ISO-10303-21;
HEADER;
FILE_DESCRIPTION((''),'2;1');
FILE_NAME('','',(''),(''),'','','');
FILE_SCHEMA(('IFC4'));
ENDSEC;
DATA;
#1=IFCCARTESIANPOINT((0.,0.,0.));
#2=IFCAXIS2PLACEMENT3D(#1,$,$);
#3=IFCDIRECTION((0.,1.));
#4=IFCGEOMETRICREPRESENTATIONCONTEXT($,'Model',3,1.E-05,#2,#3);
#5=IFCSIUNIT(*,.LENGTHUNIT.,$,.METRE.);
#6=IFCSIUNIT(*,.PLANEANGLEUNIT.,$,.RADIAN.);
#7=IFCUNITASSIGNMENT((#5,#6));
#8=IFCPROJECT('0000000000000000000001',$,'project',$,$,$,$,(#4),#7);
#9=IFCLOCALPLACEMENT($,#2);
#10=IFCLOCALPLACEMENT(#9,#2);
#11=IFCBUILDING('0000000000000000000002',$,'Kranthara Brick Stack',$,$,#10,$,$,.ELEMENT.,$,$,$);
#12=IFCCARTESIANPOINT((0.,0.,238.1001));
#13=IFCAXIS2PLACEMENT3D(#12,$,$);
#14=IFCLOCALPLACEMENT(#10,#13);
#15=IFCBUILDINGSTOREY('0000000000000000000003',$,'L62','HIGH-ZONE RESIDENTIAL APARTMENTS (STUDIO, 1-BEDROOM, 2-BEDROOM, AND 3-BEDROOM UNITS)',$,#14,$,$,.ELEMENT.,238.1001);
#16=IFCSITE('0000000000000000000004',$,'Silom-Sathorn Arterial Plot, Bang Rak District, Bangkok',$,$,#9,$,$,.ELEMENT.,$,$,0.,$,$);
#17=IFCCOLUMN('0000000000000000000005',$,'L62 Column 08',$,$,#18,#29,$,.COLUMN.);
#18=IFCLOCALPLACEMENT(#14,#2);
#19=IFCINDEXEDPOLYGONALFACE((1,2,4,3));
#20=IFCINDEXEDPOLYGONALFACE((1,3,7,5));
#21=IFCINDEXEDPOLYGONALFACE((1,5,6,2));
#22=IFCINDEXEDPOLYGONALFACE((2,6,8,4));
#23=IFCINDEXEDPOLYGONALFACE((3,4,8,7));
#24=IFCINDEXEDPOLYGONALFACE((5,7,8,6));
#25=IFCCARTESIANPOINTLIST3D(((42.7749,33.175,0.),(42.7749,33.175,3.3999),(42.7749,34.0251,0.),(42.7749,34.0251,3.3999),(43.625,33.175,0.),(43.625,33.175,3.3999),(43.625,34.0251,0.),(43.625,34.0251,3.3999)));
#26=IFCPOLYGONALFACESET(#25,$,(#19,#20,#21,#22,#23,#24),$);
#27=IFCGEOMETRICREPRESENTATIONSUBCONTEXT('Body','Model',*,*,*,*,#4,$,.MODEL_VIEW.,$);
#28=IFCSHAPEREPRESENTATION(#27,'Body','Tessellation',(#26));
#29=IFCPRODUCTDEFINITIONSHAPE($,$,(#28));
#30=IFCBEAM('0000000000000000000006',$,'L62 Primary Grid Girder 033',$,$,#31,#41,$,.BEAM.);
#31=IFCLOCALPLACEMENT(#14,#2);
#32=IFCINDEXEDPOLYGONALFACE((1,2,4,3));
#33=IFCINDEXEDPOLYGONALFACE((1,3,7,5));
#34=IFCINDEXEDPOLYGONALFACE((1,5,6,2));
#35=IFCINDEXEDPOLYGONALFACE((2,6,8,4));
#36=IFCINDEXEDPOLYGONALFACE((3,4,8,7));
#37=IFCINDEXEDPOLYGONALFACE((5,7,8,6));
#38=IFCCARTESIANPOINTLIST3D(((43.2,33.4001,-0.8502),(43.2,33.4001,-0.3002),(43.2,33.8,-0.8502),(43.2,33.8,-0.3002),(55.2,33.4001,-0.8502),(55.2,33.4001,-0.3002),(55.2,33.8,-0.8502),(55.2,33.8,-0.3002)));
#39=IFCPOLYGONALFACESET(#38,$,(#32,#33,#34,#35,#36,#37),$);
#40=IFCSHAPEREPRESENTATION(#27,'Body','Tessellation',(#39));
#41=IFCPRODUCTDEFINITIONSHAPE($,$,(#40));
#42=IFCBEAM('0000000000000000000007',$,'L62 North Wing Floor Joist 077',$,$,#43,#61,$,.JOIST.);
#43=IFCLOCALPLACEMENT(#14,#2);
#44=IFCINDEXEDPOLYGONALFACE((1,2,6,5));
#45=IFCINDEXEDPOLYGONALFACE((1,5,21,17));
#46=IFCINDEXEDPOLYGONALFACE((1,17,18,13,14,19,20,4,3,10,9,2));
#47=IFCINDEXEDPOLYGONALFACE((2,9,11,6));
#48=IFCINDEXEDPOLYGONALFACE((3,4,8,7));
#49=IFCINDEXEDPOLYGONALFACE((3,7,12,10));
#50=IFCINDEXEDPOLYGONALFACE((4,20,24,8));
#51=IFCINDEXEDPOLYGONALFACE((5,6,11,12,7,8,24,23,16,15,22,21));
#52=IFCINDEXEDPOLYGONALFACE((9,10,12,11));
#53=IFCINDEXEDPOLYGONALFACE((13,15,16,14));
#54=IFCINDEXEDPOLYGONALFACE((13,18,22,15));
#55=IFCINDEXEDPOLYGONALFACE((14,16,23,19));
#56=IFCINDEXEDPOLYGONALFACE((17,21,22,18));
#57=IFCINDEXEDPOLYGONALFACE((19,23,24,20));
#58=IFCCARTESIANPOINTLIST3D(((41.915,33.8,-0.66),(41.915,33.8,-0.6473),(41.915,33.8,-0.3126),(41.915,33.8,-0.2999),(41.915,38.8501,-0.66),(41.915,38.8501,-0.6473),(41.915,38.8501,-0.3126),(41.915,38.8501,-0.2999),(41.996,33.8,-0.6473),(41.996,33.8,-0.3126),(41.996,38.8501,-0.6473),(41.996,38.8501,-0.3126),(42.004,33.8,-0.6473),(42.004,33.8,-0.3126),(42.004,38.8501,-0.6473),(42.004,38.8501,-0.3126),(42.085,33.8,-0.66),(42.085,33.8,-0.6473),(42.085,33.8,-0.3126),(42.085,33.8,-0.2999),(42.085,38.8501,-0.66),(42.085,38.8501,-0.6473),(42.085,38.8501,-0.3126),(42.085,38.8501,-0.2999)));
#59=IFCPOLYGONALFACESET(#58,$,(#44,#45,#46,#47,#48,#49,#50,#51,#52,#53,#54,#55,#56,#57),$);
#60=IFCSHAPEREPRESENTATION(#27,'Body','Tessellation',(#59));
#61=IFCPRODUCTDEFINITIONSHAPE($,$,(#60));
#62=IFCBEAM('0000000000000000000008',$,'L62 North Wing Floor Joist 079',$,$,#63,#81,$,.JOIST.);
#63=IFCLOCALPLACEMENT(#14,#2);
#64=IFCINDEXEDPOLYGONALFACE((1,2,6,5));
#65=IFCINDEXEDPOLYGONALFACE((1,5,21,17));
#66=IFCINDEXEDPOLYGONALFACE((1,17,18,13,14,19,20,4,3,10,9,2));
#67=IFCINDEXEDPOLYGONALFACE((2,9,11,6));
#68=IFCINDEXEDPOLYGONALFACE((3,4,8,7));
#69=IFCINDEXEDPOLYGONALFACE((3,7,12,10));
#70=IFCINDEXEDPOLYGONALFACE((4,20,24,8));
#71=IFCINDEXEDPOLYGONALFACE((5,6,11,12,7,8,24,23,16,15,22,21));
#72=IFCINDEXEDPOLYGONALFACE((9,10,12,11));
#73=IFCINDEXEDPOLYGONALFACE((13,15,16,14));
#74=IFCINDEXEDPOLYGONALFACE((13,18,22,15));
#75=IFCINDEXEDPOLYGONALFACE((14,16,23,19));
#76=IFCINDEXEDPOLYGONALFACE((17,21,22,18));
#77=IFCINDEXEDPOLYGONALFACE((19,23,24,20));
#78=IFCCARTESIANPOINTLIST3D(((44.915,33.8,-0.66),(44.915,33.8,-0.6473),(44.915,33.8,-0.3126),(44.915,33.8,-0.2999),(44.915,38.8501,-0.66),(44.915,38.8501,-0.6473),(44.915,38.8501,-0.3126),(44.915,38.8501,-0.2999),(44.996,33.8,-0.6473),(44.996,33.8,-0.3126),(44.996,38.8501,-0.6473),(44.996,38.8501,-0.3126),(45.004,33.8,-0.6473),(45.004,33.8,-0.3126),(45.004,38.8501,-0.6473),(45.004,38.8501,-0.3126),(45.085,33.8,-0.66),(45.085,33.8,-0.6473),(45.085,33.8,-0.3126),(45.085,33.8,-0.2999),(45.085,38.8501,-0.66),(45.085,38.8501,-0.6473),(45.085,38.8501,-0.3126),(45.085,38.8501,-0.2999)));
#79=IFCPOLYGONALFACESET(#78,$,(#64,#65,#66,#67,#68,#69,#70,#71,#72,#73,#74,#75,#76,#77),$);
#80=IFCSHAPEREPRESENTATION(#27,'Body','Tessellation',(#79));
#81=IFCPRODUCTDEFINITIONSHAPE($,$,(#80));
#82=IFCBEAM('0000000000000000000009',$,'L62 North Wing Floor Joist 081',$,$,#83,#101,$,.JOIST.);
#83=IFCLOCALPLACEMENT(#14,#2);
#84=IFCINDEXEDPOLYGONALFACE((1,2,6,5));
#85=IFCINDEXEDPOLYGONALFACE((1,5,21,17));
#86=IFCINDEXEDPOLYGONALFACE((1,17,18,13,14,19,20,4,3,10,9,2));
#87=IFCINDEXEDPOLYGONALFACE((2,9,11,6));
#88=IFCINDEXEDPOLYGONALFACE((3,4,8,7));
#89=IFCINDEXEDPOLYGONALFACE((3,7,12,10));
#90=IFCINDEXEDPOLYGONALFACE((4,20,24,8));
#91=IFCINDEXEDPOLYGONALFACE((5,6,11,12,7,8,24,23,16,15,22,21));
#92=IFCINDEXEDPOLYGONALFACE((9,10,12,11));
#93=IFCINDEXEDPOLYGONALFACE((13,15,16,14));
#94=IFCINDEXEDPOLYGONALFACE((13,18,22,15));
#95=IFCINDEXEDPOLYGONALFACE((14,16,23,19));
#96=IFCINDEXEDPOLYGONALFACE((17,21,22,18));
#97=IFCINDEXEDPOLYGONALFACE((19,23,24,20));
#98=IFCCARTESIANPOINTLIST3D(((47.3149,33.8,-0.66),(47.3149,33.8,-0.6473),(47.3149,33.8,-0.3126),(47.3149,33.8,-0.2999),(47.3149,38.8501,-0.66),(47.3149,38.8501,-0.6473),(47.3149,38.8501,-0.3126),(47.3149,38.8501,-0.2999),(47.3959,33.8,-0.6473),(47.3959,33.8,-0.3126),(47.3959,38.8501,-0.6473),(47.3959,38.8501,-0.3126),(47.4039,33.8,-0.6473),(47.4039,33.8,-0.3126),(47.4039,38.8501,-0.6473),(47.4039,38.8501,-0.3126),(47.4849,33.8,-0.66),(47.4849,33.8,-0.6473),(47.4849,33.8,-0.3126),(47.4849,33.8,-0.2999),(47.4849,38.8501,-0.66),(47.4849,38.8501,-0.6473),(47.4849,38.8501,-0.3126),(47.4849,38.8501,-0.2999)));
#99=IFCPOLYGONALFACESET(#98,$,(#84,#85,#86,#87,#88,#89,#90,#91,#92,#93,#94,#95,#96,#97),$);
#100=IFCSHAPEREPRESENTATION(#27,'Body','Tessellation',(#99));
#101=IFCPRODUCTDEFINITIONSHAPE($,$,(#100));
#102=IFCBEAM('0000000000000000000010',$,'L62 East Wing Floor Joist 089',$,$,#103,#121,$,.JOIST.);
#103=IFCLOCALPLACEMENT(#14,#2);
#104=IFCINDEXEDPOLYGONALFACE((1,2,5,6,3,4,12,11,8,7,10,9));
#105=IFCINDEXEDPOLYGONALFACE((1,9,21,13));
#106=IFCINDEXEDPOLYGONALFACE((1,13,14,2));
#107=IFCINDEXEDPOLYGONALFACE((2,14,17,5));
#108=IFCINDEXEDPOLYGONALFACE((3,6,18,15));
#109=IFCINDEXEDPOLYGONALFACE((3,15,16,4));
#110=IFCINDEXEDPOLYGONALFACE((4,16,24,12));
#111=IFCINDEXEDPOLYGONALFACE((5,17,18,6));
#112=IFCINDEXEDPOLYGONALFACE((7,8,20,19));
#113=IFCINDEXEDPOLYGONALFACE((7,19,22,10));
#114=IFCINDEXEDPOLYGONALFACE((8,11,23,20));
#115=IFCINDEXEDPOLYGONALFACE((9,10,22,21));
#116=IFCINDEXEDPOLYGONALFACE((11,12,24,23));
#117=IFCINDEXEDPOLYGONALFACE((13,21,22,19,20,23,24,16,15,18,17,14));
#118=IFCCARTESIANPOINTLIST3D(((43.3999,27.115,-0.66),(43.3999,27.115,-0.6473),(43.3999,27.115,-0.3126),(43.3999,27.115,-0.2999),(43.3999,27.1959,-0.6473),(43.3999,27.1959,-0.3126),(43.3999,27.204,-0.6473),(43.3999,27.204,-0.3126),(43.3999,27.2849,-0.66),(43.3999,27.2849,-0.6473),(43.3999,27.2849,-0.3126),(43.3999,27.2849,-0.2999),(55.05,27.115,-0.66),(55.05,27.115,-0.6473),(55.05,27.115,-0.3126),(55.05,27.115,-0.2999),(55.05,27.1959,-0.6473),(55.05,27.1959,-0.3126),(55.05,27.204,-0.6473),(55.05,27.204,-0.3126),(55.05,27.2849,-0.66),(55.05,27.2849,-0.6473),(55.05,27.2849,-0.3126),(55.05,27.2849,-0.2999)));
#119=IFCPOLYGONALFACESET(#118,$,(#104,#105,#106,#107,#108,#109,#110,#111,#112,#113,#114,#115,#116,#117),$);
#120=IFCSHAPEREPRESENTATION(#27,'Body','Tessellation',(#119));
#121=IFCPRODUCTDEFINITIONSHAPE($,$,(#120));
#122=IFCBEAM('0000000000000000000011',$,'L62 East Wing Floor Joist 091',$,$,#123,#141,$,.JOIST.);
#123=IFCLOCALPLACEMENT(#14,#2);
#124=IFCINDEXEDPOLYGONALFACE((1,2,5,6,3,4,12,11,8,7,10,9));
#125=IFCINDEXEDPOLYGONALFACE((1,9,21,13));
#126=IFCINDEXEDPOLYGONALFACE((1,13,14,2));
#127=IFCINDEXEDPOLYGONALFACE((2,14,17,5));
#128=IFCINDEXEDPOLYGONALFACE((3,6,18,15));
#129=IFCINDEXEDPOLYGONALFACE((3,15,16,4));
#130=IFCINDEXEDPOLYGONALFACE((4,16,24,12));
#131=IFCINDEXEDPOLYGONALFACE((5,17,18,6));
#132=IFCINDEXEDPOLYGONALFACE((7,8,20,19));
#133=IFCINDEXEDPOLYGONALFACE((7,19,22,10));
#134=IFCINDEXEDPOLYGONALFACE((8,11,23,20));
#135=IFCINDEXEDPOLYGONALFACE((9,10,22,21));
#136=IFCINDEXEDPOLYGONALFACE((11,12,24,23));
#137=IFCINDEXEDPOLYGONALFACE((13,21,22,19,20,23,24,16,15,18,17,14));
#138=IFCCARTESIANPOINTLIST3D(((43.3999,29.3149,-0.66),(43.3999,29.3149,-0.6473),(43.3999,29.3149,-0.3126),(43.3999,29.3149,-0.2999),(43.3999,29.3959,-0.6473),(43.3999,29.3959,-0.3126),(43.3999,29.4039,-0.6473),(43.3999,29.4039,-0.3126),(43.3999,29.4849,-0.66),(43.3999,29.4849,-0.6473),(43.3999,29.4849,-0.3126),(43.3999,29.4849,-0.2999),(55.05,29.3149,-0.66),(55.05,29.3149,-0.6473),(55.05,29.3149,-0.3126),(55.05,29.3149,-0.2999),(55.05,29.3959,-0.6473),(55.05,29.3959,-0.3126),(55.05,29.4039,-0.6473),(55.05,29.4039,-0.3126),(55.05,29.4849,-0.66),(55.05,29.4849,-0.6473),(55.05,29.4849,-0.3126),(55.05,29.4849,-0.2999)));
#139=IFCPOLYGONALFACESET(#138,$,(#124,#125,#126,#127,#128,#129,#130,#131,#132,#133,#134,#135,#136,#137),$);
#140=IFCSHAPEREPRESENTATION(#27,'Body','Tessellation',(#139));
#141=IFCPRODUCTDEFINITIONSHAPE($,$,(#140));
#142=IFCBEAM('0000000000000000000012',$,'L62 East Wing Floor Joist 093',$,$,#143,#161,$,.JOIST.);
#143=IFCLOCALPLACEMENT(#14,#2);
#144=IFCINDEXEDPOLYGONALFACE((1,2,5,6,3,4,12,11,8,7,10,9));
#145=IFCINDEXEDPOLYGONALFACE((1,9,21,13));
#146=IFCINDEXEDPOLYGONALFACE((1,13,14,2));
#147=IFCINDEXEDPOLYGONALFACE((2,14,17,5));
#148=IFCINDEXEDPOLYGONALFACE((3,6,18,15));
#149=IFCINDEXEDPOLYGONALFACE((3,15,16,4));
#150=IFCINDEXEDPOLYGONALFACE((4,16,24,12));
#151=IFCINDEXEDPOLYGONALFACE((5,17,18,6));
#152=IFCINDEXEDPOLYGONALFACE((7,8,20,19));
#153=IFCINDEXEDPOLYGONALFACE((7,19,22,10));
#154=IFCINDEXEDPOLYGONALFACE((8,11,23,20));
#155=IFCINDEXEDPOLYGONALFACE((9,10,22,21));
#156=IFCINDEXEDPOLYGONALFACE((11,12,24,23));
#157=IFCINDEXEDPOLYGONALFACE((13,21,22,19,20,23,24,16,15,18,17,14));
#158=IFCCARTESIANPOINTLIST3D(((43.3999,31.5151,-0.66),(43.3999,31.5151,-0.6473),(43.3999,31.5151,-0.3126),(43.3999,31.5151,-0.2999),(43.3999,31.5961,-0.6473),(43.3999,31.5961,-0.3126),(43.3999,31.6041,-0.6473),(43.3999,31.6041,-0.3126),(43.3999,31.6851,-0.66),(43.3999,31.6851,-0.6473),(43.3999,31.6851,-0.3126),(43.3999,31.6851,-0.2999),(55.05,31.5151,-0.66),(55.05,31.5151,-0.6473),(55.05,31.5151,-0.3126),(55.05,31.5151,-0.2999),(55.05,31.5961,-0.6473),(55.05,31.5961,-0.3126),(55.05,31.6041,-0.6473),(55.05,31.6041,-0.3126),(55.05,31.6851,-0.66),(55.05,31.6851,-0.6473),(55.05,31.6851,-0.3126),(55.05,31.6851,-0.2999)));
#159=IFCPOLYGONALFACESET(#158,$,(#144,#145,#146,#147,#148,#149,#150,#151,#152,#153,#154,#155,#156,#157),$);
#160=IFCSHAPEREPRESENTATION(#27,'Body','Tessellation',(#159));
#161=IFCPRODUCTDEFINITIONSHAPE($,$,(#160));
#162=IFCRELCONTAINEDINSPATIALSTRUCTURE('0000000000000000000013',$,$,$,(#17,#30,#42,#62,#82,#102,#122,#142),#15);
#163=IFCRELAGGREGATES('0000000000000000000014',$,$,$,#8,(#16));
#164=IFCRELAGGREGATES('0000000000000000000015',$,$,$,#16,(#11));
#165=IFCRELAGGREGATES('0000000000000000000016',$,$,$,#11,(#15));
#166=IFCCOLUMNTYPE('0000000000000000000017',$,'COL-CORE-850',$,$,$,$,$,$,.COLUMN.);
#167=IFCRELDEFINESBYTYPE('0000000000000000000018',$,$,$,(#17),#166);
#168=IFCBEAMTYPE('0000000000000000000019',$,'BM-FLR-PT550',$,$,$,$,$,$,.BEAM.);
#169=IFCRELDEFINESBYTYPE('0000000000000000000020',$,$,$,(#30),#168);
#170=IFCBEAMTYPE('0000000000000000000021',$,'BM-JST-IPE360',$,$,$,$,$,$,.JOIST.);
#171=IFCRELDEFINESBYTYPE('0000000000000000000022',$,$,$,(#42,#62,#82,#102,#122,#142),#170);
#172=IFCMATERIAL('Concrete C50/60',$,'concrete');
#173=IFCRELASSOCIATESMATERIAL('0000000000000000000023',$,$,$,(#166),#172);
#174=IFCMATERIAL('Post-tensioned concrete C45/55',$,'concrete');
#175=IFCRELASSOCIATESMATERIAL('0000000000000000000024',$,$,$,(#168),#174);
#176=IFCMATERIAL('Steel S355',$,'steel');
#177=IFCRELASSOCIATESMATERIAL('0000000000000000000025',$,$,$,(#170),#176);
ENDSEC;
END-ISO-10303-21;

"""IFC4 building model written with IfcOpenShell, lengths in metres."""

from ifc_helpers import new_model, si_unit, direction, frame, origin, origin_2d, place, context, subcontext, project, spatial, rectangle, i_section, extrude, material, material_profile, profile_set, type_object, element, save


model = new_model("IFC4")

# Units and contexts
model_context = context("Model", 3, precision=1e-05, world=origin(), true_north=direction((0.0, 1.0)))
body_context = subcontext(model_context, "Body", "Model", "MODEL_VIEW")
ifc_project = project(units=[si_unit("LENGTHUNIT", "METRE"), si_unit("PLANEANGLEUNIT", "RADIAN")], contexts=[model_context])

# Site, building, storey
site_placement = place(None, origin())
site = spatial("IfcSite", under=ifc_project, at=site_placement, Name="Silom-Sathorn Arterial Plot, Bang Rak District, Bangkok", CompositionType="ELEMENT", RefElevation=0.0)
building_placement = place(site_placement, origin())
building = spatial("IfcBuilding", under=site, at=building_placement, Name="Kranthara Brick Stack", CompositionType="ELEMENT")
storey_placement = place(building_placement, frame((0.0, 0.0, 238.1001)))
storey = spatial("IfcBuildingStorey", under=building, at=storey_placement, Name="L62", Description="HIGH-ZONE RESIDENTIAL APARTMENTS (STUDIO, 1-BEDROOM, 2-BEDROOM, AND 3-BEDROOM UNITS)", CompositionType="ELEMENT", Elevation=238.1001)

# Column
ifc_material_1 = material(Name="Concrete C50/60", Category="concrete")
ifc_material_profile_1 = material_profile(ifc_material_1, rectangle(XDim=0.8501, YDim=0.8501, at=origin_2d()), Name="RC 850x850")
ifc_profile_set_1 = profile_set([ifc_material_profile_1], Name="Concrete C50/60")
column_type = type_object("IfcColumnType", Name="COL-CORE-850", PredefinedType="COLUMN", material=ifc_profile_set_1)
column_placement = place(storey_placement, frame((43.2, 33.6001, 0.0), z_axis=(0.0, 0.0, 1.0), x_axis=(1.0, 0.0, 0.0)))
element("IfcColumn", 1, at=column_placement, inside=storey, type_object=column_type, Name="L62 Column 08", PredefinedType="COLUMN", context=body_context, shape_type="SweptSolid", body=[
    extrude(rectangle(XDim=0.8501, YDim=0.8501, at=origin_2d()), origin(), (0.0, 0.0, 1.0), 3.3999),
])

# Beams
ifc_material_2 = material(Name="Post-tensioned concrete C45/55", Category="concrete")
ifc_material_profile_2 = material_profile(ifc_material_2, rectangle(XDim=0.3999, YDim=0.55, at=origin_2d()), Name="PT 400x550")
ifc_profile_set_2 = profile_set([ifc_material_profile_2], Name="Post-tensioned concrete C45/55")
beam_type_1 = type_object("IfcBeamType", Name="BM-FLR-PT550", PredefinedType="BEAM", material=ifc_profile_set_2)
beam_placement = place(storey_placement, frame((43.2, 33.6001, -0.5752), z_axis=(1.0, 0.0, 0.0), x_axis=(0.0, 1.0, 0.0)))
element("IfcBeam", 2, at=beam_placement, inside=storey, type_object=beam_type_1, Name="L62 Primary Grid Girder 033", PredefinedType="BEAM", context=body_context, shape_type="SweptSolid", body=[
    extrude(rectangle(XDim=0.3999, YDim=0.55, at=origin_2d()), origin(), (0.0, 0.0, 1.0), 12.0),
])
ifc_material_3 = material(Name="Steel S355", Category="steel")
ifc_material_profile_3 = material_profile(ifc_material_3, i_section(OverallWidth=0.1699, OverallDepth=0.3601, WebThickness=0.0081, FlangeThickness=0.0127, at=origin_2d()), Name="IPE 360")
ifc_profile_set_3 = profile_set([ifc_material_profile_3], Name="Steel S355")
beam_type_2 = type_object("IfcBeamType", Name="BM-JST-IPE360", PredefinedType="JOIST", material=ifc_profile_set_3)
for number, where, z_axis, x_axis, name in (
    (3, (42.0, 33.8, -0.48), (0.0, 1.0, 0.0), (-1.0, 0.0, 0.0), "L62 North Wing Floor Joist 077"),
    (4, (45.0, 33.8, -0.48), (0.0, 1.0, 0.0), (-1.0, 0.0, 0.0), "L62 North Wing Floor Joist 079"),
    (5, (47.3999, 33.8, -0.48), (0.0, 1.0, 0.0), (-1.0, 0.0, 0.0), "L62 North Wing Floor Joist 081"),
):
    element("IfcBeam", number, at=place(storey_placement, frame(where, z_axis=z_axis, x_axis=x_axis)), inside=storey, type_object=beam_type_2, Name=name, PredefinedType="JOIST", context=body_context, shape_type="SweptSolid", body=[
        extrude(i_section(OverallWidth=0.1699, OverallDepth=0.3601, WebThickness=0.0081, FlangeThickness=0.0127, at=origin_2d()), origin(), (0.0, 0.0, 1.0), 5.05),
    ])
for number, where, z_axis, x_axis, name in (
    (6, (43.3999, 27.2, -0.48), (1.0, 0.0, 0.0), (0.0, 1.0, 0.0), "L62 East Wing Floor Joist 089"),
    (7, (43.3999, 29.3999, -0.48), (1.0, 0.0, 0.0), (0.0, 1.0, 0.0), "L62 East Wing Floor Joist 091"),
    (8, (43.3999, 31.6001, -0.48), (1.0, 0.0, 0.0), (0.0, 1.0, 0.0), "L62 East Wing Floor Joist 093"),
):
    element("IfcBeam", number, at=place(storey_placement, frame(where, z_axis=z_axis, x_axis=x_axis)), inside=storey, type_object=beam_type_2, Name=name, PredefinedType="JOIST", context=body_context, shape_type="SweptSolid", body=[
        extrude(i_section(OverallWidth=0.1699, OverallDepth=0.3601, WebThickness=0.0081, FlangeThickness=0.0127, at=origin_2d()), origin(), (0.0, 0.0, 1.0), 11.6501),
    ])

save(model, "model.ifc")
